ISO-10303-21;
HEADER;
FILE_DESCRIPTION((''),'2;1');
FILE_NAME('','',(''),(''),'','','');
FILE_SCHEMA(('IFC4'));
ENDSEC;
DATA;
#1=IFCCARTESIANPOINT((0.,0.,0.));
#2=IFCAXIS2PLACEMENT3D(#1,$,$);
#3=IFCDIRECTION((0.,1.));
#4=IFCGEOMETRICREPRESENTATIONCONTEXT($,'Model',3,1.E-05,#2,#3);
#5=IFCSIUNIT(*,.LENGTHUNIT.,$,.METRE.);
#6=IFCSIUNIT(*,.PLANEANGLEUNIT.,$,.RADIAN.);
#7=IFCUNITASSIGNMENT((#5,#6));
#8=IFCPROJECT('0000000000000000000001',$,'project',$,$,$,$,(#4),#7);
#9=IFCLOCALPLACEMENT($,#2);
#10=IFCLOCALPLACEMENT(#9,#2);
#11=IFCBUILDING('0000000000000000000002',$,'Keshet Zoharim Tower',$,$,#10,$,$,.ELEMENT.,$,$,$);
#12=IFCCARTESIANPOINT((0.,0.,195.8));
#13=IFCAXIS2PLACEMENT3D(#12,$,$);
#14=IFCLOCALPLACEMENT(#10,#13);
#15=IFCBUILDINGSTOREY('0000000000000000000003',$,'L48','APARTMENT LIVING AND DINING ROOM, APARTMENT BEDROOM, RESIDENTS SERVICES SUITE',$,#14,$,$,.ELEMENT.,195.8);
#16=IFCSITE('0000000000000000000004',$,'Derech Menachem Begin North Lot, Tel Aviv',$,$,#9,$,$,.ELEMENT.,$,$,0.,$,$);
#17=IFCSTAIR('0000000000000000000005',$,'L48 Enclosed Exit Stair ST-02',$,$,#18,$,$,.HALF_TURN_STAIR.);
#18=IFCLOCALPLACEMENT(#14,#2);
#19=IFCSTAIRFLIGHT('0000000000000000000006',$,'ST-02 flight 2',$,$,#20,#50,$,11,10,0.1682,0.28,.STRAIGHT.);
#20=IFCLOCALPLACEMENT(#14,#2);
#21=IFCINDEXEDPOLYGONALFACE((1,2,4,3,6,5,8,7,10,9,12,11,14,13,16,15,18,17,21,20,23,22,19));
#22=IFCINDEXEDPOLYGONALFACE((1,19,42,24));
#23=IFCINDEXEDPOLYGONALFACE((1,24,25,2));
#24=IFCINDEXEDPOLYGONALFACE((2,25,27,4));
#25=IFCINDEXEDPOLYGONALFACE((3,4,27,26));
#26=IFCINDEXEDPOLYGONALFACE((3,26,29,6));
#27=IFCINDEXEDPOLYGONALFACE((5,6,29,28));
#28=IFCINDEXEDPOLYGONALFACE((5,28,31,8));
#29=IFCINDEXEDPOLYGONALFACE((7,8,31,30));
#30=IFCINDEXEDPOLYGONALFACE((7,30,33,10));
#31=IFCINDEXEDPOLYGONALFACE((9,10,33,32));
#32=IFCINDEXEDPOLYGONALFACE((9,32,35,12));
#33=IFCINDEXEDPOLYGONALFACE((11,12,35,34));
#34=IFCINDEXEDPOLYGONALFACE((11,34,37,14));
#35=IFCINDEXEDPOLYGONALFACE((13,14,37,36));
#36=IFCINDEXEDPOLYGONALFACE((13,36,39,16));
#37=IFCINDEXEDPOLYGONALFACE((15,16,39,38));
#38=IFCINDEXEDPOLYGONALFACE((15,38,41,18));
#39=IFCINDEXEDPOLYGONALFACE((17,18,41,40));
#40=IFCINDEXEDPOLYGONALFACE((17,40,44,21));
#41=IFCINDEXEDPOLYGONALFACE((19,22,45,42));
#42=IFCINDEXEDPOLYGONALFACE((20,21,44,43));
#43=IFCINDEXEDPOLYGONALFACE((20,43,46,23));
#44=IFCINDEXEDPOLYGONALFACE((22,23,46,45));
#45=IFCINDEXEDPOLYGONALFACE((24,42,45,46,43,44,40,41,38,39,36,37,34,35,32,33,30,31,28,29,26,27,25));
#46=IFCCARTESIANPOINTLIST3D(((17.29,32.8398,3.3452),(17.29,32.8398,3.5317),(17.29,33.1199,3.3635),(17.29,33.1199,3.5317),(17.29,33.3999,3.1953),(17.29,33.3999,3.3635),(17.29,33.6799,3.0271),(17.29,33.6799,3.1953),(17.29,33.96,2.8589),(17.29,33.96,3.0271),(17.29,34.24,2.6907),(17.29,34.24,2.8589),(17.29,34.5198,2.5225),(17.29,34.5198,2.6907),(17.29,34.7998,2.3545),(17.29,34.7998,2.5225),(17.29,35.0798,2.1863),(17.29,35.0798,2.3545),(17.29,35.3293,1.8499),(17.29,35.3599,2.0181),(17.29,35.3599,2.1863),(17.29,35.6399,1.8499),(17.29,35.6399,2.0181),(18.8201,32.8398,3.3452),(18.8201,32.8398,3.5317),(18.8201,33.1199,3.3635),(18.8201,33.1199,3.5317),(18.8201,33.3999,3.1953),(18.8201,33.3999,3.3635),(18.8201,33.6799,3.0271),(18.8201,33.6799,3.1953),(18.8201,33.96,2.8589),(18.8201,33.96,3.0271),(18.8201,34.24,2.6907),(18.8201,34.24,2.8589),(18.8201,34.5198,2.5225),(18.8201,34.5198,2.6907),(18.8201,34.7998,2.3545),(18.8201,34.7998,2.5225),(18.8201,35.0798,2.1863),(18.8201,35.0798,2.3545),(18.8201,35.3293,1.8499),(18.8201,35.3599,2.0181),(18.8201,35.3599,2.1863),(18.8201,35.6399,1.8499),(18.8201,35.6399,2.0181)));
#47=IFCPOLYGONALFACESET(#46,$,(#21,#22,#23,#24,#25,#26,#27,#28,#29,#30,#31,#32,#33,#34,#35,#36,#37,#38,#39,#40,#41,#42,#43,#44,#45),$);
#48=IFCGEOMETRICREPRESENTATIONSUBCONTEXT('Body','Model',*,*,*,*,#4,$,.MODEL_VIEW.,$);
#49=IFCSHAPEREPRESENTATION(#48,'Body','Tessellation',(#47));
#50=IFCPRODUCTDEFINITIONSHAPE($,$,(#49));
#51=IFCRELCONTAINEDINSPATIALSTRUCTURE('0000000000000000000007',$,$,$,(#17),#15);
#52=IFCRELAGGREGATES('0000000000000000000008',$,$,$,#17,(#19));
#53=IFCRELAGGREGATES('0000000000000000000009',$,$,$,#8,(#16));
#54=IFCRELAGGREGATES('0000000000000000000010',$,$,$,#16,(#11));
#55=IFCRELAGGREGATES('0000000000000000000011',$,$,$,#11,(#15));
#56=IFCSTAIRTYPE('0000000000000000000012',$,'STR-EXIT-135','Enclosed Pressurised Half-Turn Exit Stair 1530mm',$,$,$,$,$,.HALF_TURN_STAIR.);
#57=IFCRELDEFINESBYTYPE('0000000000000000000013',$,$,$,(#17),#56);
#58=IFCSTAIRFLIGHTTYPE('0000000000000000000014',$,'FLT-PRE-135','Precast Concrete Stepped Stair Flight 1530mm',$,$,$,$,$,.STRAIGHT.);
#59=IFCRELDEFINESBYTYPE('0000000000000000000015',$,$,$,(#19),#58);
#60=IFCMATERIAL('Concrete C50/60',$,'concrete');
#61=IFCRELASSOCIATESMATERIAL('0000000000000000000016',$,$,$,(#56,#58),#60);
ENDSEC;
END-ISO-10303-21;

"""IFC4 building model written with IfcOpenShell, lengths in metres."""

from ifc_helpers import new_model, si_unit, direction, frame, origin, place, context, subcontext, project, spatial, polyline, outline, extrude, material, type_object, element, aggregate, save


model = new_model("IFC4")

# Units and contexts
model_context = context("Model", 3, precision=1e-05, world=origin(), true_north=direction((0.0, 1.0)))
body_context = subcontext(model_context, "Body", "Model", "MODEL_VIEW")
ifc_project = project(units=[si_unit("LENGTHUNIT", "METRE"), si_unit("PLANEANGLEUNIT", "RADIAN")], contexts=[model_context])

# Site, building, storey
site_placement = place(None, origin())
site = spatial("IfcSite", under=ifc_project, at=site_placement, Name="Derech Menachem Begin North Lot, Tel Aviv", CompositionType="ELEMENT", RefElevation=0.0)
building_placement = place(site_placement, origin())
building = spatial("IfcBuilding", under=site, at=building_placement, Name="Keshet Zoharim Tower", CompositionType="ELEMENT")
storey_placement = place(building_placement, frame((0.0, 0.0, 195.8)))
storey = spatial("IfcBuildingStorey", under=building, at=storey_placement, Name="L48", Description="APARTMENT LIVING AND DINING ROOM, APARTMENT BEDROOM, RESIDENTS SERVICES SUITE", CompositionType="ELEMENT", Elevation=195.8)

# Stair, stair flight
ifc_material_1 = material(Name="Concrete C50/60", Category="concrete")
stair_type = type_object("IfcStairType", Name="STR-EXIT-135", Description="Enclosed Pressurised Half-Turn Exit Stair 1530mm", PredefinedType="HALF_TURN_STAIR", material=ifc_material_1)
stair_placement = place(storey_placement, origin())
stair = element("IfcStair", 1, at=stair_placement, inside=storey, type_object=stair_type, Name="L48 Enclosed Exit Stair ST-02", PredefinedType="HALF_TURN_STAIR")
stair_flight_type = type_object("IfcStairFlightType", Name="FLT-PRE-135", Description="Precast Concrete Stepped Stair Flight 1530mm", PredefinedType="STRAIGHT", material=ifc_material_1)
stair_flight_1_placement = place(storey_placement, frame((18.0549, 35.6399, 1.8499), z_axis=(0.0, 0.0, 1.0), x_axis=(0.0, -1.0, 0.0)))
stair_flight_1 = element("IfcStairFlight", 2, at=stair_flight_1_placement, type_object=stair_flight_type, Name="ST-02 flight 2", NumberOfRisers=11, NumberOfTreads=10, PredefinedType="STRAIGHT", RiserHeight=0.1682, TreadLength=0.28, context=body_context, shape_type="SweptSolid", body=[
    extrude(outline(polyline([(0.0, 0.0), (0.0, 0.1682), (0.28, 0.1682), (0.28, 0.3364), (0.5601, 0.3364), (0.5601, 0.5046), (0.8401, 0.5046), (0.8401, 0.6726), (1.1201, 0.6726), (1.1201, 0.8408), (1.3999, 0.8408), (1.3999, 1.009), (1.6799, 1.009), (1.6799, 1.1772), (1.96, 1.1772), (1.96, 1.3455), (2.24, 1.3455), (2.24, 1.5137), (2.52, 1.5137), (2.52, 1.6819), (2.8, 1.6819), (2.8, 1.8501), (2.8, 1.4954), (0.3105, 0.0), (0.0, 0.0)])), frame((0.0, 0.7651, 0.0), z_axis=(0.0, -1.0, 0.0), x_axis=(1.0, 0.0, 0.0)), (0.0, 0.0, 1.0), 1.53),
])
aggregate(stair, [stair_flight_1])

save(model, "model.ifc")
